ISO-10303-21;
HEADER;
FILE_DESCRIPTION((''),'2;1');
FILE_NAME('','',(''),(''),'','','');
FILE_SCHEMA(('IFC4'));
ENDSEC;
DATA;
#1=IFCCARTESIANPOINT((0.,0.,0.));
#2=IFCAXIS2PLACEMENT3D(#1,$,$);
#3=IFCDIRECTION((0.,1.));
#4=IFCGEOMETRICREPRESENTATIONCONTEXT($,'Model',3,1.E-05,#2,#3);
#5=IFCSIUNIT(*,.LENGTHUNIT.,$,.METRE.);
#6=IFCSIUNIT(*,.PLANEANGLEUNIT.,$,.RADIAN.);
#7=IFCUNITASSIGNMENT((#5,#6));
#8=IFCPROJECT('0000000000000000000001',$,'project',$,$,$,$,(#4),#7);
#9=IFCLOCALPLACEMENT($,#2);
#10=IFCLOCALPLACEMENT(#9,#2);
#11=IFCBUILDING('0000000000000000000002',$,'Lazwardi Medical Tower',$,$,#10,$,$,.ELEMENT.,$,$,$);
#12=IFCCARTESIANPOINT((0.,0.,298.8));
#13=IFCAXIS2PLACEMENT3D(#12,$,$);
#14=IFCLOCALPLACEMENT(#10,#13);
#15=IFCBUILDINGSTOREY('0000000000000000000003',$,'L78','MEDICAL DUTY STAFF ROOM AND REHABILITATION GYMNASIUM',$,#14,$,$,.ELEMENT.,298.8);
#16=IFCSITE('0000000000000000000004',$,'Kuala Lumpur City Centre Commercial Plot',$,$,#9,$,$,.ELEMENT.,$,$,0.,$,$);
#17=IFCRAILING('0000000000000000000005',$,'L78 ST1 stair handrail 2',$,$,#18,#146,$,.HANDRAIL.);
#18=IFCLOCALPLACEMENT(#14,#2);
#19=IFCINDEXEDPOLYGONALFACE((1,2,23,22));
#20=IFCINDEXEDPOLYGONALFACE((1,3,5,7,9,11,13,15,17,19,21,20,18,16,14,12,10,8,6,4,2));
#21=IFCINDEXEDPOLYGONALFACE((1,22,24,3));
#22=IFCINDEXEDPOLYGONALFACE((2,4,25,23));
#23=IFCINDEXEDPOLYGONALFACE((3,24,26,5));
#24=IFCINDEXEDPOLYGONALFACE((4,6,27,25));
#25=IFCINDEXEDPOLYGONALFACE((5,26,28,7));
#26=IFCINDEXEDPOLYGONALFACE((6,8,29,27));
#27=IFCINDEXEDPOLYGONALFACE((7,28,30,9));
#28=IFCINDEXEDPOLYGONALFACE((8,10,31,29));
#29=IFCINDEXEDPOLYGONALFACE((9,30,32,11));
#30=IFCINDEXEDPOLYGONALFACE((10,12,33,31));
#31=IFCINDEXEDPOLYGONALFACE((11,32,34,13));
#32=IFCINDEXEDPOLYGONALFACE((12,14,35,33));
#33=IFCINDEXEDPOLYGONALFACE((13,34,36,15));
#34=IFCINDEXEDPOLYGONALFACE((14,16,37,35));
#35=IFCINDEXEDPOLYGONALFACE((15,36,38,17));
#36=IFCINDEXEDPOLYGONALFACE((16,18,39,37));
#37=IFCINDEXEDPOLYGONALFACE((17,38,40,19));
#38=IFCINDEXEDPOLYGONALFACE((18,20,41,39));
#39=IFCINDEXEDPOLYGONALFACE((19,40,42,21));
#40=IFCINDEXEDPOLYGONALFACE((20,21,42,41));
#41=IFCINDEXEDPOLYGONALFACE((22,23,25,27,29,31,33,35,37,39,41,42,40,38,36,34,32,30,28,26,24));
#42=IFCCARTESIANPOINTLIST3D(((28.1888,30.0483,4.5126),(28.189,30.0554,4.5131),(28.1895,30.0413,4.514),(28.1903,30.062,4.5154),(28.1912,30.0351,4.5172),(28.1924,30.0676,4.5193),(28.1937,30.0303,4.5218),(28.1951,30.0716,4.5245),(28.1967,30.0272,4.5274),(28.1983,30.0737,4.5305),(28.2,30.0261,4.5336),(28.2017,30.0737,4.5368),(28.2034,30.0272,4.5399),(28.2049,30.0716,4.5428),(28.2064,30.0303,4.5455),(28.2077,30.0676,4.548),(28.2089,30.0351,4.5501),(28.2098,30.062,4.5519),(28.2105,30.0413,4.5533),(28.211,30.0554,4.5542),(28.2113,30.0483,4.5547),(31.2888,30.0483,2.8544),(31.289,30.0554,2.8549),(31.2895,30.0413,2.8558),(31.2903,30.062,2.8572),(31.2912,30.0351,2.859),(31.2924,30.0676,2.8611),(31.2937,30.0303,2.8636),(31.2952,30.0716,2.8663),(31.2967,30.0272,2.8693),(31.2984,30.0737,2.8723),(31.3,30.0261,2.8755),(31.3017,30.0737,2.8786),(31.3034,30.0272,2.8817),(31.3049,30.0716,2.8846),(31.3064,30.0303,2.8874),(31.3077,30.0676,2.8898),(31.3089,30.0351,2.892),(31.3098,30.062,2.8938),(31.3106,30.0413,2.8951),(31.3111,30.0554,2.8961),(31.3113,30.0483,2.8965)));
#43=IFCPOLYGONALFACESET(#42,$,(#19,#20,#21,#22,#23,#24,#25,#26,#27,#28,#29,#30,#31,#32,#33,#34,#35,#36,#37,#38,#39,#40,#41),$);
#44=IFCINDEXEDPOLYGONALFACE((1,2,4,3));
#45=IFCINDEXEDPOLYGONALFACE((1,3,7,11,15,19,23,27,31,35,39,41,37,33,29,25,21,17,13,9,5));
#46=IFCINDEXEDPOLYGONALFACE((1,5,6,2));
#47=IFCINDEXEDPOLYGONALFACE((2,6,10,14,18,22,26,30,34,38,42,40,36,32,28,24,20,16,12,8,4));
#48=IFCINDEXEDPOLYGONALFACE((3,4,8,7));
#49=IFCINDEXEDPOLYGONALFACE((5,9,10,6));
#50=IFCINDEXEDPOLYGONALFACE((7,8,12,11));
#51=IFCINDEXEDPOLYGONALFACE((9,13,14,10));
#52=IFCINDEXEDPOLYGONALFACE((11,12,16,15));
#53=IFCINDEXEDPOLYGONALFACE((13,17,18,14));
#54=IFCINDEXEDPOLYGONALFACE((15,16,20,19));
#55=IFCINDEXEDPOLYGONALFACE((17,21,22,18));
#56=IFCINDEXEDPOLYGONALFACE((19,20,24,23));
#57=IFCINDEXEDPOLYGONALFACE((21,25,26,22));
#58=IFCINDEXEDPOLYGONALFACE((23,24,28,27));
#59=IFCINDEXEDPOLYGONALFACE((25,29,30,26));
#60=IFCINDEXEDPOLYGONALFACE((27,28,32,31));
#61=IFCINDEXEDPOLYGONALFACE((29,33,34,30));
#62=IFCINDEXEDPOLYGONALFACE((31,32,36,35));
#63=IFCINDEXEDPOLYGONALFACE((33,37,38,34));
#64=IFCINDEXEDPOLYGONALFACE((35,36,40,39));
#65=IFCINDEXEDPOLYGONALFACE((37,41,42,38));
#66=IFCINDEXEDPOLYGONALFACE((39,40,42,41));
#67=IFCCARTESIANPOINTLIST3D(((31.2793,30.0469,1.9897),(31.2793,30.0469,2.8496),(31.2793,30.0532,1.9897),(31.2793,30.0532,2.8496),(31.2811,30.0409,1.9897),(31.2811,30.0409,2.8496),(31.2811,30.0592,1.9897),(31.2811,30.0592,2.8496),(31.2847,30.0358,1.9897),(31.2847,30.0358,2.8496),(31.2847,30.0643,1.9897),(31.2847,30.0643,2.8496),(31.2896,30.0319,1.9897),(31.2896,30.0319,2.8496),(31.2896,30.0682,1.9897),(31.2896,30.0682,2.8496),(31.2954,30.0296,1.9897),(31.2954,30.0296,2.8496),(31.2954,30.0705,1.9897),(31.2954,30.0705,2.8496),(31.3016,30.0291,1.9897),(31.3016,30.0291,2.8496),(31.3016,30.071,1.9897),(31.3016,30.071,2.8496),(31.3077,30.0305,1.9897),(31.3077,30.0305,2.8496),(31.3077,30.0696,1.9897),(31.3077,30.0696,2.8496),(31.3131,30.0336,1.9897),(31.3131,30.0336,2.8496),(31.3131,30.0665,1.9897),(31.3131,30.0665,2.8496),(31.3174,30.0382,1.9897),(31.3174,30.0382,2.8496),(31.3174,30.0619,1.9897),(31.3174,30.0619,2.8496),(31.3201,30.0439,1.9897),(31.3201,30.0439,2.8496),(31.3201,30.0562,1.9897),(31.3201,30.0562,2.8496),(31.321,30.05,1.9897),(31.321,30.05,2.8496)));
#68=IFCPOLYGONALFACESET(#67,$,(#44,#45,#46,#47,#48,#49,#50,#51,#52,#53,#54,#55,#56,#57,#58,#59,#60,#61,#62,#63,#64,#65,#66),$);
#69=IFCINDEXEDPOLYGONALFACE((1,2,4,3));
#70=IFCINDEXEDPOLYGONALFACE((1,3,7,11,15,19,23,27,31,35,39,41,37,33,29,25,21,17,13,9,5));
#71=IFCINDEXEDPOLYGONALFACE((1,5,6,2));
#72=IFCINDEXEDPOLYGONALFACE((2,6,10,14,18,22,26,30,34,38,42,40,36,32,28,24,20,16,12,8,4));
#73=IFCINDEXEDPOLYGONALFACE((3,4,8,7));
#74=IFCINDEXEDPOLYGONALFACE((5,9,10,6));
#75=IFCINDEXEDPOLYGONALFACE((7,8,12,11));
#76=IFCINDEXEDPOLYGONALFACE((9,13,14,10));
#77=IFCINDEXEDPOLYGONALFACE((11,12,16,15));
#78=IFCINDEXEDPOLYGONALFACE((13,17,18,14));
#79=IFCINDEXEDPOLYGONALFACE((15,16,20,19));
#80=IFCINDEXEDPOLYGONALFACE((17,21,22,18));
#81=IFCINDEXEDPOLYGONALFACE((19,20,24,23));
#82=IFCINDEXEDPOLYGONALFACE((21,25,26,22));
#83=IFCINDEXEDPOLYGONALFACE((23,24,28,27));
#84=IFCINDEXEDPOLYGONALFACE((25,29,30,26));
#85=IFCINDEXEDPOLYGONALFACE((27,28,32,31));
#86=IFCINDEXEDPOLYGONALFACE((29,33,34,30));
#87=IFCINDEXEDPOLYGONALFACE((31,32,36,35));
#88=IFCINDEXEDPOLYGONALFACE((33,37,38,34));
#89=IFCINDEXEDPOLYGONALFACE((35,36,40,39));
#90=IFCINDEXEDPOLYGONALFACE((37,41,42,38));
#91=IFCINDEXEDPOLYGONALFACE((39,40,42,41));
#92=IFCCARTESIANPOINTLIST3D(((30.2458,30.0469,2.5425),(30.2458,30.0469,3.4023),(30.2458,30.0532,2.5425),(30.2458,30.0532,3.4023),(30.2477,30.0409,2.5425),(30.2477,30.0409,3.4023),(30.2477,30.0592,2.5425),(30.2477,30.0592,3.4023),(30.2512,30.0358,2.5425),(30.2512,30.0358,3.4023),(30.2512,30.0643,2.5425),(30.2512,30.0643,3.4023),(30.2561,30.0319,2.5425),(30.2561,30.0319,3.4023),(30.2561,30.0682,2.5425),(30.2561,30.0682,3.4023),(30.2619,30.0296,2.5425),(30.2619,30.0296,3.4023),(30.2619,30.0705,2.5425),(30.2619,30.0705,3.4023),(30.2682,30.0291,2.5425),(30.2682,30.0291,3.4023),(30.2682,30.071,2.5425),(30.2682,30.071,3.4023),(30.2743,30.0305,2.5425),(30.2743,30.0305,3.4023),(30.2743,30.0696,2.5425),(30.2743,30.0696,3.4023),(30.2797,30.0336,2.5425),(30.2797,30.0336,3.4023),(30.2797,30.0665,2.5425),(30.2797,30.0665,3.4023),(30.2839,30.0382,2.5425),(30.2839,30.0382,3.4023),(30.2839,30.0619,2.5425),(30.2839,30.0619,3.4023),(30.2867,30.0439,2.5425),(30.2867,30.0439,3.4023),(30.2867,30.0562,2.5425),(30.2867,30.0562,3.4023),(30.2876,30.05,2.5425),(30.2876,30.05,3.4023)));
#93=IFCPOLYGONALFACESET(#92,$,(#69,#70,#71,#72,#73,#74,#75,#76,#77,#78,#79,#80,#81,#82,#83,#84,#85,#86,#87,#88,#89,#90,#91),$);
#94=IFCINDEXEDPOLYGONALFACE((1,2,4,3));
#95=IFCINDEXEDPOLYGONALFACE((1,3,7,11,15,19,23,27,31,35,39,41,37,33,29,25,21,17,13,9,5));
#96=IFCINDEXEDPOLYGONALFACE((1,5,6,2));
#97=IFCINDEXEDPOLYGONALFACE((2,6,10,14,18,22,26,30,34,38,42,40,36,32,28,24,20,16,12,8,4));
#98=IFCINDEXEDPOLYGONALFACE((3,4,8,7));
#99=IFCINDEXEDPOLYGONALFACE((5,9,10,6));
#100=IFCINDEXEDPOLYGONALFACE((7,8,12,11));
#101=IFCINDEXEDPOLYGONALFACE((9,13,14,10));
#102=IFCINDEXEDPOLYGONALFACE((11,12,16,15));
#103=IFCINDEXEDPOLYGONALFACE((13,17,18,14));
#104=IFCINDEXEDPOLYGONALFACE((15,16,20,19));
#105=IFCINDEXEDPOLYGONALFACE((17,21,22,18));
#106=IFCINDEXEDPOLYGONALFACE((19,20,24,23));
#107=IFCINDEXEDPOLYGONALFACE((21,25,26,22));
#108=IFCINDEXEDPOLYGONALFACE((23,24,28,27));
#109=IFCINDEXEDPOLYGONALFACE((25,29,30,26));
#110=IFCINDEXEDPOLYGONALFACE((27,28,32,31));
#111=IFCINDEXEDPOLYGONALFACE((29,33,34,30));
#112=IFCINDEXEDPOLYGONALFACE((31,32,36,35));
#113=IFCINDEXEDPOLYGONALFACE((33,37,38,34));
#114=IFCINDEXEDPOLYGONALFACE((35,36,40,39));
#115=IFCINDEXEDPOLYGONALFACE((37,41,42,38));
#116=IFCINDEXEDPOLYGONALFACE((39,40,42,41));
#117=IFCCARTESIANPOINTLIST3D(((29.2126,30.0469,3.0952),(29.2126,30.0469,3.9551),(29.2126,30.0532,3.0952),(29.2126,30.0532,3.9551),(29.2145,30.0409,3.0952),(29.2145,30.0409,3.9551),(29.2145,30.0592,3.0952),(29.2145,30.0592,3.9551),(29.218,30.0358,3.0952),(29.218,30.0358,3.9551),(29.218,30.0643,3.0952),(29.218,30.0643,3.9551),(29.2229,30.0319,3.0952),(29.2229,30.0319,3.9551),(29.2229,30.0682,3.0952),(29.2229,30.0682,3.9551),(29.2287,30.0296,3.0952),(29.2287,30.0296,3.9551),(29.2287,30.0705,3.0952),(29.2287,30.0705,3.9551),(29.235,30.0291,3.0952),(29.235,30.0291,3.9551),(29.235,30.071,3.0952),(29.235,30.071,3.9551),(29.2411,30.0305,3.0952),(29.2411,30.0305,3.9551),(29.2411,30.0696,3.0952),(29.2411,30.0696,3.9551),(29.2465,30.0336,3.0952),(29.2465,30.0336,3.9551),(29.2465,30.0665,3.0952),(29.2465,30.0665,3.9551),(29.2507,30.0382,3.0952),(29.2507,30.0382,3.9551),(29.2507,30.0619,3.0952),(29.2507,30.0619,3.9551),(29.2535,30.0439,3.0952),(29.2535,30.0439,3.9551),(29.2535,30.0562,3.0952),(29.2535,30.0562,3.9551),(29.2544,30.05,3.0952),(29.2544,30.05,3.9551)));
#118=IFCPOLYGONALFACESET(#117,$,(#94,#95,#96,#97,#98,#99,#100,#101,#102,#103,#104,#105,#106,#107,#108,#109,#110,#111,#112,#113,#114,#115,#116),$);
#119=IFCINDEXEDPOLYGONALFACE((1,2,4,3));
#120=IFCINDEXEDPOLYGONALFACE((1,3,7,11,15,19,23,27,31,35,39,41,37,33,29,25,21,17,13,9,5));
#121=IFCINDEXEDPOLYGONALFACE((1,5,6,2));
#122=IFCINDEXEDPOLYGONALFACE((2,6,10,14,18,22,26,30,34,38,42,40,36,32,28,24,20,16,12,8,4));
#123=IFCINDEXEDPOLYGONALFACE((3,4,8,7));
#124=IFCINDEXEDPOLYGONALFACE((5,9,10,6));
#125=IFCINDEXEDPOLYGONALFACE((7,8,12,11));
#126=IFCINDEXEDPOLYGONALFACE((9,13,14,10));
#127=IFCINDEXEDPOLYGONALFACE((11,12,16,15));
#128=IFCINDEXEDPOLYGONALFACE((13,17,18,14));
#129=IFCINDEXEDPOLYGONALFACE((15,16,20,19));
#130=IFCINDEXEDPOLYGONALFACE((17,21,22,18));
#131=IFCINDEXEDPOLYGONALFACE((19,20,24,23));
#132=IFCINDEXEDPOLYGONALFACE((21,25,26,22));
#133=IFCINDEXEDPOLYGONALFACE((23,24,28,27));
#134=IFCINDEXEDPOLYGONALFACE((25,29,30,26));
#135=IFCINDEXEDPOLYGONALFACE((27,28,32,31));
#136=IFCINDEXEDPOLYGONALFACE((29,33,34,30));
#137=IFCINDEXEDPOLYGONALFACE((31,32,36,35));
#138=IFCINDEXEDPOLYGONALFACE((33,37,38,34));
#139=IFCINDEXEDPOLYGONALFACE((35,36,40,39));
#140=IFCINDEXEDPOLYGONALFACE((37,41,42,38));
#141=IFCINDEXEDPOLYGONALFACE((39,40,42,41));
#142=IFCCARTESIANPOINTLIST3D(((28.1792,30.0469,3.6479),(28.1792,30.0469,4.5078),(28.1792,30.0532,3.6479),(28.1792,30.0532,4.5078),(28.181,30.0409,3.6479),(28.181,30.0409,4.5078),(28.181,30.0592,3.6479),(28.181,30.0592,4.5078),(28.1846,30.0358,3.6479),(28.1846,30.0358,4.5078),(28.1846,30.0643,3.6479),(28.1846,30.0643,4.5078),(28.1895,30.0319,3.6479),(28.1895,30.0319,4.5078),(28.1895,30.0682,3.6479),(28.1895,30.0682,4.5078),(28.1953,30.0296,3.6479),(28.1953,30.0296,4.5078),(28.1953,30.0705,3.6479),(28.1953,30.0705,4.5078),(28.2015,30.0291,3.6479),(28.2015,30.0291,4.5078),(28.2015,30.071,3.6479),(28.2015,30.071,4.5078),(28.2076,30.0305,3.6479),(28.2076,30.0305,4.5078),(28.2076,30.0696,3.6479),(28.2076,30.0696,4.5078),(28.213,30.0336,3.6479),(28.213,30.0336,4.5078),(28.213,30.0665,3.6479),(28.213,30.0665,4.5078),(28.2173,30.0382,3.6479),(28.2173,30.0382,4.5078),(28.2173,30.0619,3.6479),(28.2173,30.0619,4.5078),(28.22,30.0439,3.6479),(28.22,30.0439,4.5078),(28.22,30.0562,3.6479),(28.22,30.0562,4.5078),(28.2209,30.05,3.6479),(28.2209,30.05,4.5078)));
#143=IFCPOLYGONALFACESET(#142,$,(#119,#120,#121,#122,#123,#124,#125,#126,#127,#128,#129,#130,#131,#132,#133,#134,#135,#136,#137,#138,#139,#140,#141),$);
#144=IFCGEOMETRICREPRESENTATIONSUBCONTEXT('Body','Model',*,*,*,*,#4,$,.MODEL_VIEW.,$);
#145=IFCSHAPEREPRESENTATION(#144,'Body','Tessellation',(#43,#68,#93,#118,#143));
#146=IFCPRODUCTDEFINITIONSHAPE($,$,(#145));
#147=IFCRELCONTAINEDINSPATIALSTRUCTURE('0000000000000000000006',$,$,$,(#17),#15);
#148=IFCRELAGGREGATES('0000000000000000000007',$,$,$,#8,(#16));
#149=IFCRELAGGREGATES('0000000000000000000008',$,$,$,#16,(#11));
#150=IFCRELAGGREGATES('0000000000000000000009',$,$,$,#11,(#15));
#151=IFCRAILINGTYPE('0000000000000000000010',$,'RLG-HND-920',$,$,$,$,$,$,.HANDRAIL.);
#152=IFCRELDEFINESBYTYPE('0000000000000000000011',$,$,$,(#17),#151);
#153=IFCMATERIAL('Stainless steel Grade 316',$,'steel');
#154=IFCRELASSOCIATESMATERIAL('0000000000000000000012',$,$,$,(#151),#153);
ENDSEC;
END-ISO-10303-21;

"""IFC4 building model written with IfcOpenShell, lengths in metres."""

from ifc_helpers import new_model, si_unit, direction, frame, origin, origin_2d, place, context, subcontext, project, spatial, circle, extrude, material, type_object, element, save


model = new_model("IFC4")

# Units and contexts
model_context = context("Model", 3, precision=1e-05, world=origin(), true_north=direction((0.0, 1.0)))
body_context = subcontext(model_context, "Body", "Model", "MODEL_VIEW")
ifc_project = project(units=[si_unit("LENGTHUNIT", "METRE"), si_unit("PLANEANGLEUNIT", "RADIAN")], contexts=[model_context])

# Site, building, storey
site_placement = place(None, origin())
site = spatial("IfcSite", under=ifc_project, at=site_placement, Name="Kuala Lumpur City Centre Commercial Plot", CompositionType="ELEMENT", RefElevation=0.0)
building_placement = place(site_placement, origin())
building = spatial("IfcBuilding", under=site, at=building_placement, Name="Lazwardi Medical Tower", CompositionType="ELEMENT")
storey_placement = place(building_placement, frame((0.0, 0.0, 298.8)))
storey = spatial("IfcBuildingStorey", under=building, at=storey_placement, Name="L78", Description="MEDICAL DUTY STAFF ROOM AND REHABILITATION GYMNASIUM", CompositionType="ELEMENT", Elevation=298.8)

# Railing
ifc_material_1 = material(Name="Stainless steel Grade 316", Category="steel")
railing_type_1 = type_object("IfcRailingType", Name="RLG-HND-920", PredefinedType="HANDRAIL", material=ifc_material_1)
railing_1_placement = place(storey_placement, frame((31.3, 30.05, 1.9897)))
element("IfcRailing", 1, at=railing_1_placement, inside=storey, type_object=railing_type_1, Name="L78 ST1 stair handrail 2", PredefinedType="HANDRAIL", context=body_context, shape_type="SweptSolid", body=[
    extrude(circle(Radius=0.0239, at=origin_2d()), frame((0.0, 0.0, 0.8857), z_axis=(-0.881783, 0.0, 0.471655), x_axis=(0.0, -1.0, 0.0)), (0.0, 0.0, 1.0), 3.5156),
    extrude(circle(Radius=0.021, at=origin_2d()), origin(), (0.0, 0.0, 1.0), 0.8599),
    extrude(circle(Radius=0.021, at=origin_2d()), frame((-1.0334, 0.0, 0.5527)), (0.0, 0.0, 1.0), 0.8599),
    extrude(circle(Radius=0.021, at=origin_2d()), frame((-2.0667, 0.0, 1.1055)), (0.0, 0.0, 1.0), 0.8599),
    extrude(circle(Radius=0.021, at=origin_2d()), frame((-3.1001, 0.0, 1.6582)), (0.0, 0.0, 1.0), 0.8599),
])

save(model, "model.ifc")
